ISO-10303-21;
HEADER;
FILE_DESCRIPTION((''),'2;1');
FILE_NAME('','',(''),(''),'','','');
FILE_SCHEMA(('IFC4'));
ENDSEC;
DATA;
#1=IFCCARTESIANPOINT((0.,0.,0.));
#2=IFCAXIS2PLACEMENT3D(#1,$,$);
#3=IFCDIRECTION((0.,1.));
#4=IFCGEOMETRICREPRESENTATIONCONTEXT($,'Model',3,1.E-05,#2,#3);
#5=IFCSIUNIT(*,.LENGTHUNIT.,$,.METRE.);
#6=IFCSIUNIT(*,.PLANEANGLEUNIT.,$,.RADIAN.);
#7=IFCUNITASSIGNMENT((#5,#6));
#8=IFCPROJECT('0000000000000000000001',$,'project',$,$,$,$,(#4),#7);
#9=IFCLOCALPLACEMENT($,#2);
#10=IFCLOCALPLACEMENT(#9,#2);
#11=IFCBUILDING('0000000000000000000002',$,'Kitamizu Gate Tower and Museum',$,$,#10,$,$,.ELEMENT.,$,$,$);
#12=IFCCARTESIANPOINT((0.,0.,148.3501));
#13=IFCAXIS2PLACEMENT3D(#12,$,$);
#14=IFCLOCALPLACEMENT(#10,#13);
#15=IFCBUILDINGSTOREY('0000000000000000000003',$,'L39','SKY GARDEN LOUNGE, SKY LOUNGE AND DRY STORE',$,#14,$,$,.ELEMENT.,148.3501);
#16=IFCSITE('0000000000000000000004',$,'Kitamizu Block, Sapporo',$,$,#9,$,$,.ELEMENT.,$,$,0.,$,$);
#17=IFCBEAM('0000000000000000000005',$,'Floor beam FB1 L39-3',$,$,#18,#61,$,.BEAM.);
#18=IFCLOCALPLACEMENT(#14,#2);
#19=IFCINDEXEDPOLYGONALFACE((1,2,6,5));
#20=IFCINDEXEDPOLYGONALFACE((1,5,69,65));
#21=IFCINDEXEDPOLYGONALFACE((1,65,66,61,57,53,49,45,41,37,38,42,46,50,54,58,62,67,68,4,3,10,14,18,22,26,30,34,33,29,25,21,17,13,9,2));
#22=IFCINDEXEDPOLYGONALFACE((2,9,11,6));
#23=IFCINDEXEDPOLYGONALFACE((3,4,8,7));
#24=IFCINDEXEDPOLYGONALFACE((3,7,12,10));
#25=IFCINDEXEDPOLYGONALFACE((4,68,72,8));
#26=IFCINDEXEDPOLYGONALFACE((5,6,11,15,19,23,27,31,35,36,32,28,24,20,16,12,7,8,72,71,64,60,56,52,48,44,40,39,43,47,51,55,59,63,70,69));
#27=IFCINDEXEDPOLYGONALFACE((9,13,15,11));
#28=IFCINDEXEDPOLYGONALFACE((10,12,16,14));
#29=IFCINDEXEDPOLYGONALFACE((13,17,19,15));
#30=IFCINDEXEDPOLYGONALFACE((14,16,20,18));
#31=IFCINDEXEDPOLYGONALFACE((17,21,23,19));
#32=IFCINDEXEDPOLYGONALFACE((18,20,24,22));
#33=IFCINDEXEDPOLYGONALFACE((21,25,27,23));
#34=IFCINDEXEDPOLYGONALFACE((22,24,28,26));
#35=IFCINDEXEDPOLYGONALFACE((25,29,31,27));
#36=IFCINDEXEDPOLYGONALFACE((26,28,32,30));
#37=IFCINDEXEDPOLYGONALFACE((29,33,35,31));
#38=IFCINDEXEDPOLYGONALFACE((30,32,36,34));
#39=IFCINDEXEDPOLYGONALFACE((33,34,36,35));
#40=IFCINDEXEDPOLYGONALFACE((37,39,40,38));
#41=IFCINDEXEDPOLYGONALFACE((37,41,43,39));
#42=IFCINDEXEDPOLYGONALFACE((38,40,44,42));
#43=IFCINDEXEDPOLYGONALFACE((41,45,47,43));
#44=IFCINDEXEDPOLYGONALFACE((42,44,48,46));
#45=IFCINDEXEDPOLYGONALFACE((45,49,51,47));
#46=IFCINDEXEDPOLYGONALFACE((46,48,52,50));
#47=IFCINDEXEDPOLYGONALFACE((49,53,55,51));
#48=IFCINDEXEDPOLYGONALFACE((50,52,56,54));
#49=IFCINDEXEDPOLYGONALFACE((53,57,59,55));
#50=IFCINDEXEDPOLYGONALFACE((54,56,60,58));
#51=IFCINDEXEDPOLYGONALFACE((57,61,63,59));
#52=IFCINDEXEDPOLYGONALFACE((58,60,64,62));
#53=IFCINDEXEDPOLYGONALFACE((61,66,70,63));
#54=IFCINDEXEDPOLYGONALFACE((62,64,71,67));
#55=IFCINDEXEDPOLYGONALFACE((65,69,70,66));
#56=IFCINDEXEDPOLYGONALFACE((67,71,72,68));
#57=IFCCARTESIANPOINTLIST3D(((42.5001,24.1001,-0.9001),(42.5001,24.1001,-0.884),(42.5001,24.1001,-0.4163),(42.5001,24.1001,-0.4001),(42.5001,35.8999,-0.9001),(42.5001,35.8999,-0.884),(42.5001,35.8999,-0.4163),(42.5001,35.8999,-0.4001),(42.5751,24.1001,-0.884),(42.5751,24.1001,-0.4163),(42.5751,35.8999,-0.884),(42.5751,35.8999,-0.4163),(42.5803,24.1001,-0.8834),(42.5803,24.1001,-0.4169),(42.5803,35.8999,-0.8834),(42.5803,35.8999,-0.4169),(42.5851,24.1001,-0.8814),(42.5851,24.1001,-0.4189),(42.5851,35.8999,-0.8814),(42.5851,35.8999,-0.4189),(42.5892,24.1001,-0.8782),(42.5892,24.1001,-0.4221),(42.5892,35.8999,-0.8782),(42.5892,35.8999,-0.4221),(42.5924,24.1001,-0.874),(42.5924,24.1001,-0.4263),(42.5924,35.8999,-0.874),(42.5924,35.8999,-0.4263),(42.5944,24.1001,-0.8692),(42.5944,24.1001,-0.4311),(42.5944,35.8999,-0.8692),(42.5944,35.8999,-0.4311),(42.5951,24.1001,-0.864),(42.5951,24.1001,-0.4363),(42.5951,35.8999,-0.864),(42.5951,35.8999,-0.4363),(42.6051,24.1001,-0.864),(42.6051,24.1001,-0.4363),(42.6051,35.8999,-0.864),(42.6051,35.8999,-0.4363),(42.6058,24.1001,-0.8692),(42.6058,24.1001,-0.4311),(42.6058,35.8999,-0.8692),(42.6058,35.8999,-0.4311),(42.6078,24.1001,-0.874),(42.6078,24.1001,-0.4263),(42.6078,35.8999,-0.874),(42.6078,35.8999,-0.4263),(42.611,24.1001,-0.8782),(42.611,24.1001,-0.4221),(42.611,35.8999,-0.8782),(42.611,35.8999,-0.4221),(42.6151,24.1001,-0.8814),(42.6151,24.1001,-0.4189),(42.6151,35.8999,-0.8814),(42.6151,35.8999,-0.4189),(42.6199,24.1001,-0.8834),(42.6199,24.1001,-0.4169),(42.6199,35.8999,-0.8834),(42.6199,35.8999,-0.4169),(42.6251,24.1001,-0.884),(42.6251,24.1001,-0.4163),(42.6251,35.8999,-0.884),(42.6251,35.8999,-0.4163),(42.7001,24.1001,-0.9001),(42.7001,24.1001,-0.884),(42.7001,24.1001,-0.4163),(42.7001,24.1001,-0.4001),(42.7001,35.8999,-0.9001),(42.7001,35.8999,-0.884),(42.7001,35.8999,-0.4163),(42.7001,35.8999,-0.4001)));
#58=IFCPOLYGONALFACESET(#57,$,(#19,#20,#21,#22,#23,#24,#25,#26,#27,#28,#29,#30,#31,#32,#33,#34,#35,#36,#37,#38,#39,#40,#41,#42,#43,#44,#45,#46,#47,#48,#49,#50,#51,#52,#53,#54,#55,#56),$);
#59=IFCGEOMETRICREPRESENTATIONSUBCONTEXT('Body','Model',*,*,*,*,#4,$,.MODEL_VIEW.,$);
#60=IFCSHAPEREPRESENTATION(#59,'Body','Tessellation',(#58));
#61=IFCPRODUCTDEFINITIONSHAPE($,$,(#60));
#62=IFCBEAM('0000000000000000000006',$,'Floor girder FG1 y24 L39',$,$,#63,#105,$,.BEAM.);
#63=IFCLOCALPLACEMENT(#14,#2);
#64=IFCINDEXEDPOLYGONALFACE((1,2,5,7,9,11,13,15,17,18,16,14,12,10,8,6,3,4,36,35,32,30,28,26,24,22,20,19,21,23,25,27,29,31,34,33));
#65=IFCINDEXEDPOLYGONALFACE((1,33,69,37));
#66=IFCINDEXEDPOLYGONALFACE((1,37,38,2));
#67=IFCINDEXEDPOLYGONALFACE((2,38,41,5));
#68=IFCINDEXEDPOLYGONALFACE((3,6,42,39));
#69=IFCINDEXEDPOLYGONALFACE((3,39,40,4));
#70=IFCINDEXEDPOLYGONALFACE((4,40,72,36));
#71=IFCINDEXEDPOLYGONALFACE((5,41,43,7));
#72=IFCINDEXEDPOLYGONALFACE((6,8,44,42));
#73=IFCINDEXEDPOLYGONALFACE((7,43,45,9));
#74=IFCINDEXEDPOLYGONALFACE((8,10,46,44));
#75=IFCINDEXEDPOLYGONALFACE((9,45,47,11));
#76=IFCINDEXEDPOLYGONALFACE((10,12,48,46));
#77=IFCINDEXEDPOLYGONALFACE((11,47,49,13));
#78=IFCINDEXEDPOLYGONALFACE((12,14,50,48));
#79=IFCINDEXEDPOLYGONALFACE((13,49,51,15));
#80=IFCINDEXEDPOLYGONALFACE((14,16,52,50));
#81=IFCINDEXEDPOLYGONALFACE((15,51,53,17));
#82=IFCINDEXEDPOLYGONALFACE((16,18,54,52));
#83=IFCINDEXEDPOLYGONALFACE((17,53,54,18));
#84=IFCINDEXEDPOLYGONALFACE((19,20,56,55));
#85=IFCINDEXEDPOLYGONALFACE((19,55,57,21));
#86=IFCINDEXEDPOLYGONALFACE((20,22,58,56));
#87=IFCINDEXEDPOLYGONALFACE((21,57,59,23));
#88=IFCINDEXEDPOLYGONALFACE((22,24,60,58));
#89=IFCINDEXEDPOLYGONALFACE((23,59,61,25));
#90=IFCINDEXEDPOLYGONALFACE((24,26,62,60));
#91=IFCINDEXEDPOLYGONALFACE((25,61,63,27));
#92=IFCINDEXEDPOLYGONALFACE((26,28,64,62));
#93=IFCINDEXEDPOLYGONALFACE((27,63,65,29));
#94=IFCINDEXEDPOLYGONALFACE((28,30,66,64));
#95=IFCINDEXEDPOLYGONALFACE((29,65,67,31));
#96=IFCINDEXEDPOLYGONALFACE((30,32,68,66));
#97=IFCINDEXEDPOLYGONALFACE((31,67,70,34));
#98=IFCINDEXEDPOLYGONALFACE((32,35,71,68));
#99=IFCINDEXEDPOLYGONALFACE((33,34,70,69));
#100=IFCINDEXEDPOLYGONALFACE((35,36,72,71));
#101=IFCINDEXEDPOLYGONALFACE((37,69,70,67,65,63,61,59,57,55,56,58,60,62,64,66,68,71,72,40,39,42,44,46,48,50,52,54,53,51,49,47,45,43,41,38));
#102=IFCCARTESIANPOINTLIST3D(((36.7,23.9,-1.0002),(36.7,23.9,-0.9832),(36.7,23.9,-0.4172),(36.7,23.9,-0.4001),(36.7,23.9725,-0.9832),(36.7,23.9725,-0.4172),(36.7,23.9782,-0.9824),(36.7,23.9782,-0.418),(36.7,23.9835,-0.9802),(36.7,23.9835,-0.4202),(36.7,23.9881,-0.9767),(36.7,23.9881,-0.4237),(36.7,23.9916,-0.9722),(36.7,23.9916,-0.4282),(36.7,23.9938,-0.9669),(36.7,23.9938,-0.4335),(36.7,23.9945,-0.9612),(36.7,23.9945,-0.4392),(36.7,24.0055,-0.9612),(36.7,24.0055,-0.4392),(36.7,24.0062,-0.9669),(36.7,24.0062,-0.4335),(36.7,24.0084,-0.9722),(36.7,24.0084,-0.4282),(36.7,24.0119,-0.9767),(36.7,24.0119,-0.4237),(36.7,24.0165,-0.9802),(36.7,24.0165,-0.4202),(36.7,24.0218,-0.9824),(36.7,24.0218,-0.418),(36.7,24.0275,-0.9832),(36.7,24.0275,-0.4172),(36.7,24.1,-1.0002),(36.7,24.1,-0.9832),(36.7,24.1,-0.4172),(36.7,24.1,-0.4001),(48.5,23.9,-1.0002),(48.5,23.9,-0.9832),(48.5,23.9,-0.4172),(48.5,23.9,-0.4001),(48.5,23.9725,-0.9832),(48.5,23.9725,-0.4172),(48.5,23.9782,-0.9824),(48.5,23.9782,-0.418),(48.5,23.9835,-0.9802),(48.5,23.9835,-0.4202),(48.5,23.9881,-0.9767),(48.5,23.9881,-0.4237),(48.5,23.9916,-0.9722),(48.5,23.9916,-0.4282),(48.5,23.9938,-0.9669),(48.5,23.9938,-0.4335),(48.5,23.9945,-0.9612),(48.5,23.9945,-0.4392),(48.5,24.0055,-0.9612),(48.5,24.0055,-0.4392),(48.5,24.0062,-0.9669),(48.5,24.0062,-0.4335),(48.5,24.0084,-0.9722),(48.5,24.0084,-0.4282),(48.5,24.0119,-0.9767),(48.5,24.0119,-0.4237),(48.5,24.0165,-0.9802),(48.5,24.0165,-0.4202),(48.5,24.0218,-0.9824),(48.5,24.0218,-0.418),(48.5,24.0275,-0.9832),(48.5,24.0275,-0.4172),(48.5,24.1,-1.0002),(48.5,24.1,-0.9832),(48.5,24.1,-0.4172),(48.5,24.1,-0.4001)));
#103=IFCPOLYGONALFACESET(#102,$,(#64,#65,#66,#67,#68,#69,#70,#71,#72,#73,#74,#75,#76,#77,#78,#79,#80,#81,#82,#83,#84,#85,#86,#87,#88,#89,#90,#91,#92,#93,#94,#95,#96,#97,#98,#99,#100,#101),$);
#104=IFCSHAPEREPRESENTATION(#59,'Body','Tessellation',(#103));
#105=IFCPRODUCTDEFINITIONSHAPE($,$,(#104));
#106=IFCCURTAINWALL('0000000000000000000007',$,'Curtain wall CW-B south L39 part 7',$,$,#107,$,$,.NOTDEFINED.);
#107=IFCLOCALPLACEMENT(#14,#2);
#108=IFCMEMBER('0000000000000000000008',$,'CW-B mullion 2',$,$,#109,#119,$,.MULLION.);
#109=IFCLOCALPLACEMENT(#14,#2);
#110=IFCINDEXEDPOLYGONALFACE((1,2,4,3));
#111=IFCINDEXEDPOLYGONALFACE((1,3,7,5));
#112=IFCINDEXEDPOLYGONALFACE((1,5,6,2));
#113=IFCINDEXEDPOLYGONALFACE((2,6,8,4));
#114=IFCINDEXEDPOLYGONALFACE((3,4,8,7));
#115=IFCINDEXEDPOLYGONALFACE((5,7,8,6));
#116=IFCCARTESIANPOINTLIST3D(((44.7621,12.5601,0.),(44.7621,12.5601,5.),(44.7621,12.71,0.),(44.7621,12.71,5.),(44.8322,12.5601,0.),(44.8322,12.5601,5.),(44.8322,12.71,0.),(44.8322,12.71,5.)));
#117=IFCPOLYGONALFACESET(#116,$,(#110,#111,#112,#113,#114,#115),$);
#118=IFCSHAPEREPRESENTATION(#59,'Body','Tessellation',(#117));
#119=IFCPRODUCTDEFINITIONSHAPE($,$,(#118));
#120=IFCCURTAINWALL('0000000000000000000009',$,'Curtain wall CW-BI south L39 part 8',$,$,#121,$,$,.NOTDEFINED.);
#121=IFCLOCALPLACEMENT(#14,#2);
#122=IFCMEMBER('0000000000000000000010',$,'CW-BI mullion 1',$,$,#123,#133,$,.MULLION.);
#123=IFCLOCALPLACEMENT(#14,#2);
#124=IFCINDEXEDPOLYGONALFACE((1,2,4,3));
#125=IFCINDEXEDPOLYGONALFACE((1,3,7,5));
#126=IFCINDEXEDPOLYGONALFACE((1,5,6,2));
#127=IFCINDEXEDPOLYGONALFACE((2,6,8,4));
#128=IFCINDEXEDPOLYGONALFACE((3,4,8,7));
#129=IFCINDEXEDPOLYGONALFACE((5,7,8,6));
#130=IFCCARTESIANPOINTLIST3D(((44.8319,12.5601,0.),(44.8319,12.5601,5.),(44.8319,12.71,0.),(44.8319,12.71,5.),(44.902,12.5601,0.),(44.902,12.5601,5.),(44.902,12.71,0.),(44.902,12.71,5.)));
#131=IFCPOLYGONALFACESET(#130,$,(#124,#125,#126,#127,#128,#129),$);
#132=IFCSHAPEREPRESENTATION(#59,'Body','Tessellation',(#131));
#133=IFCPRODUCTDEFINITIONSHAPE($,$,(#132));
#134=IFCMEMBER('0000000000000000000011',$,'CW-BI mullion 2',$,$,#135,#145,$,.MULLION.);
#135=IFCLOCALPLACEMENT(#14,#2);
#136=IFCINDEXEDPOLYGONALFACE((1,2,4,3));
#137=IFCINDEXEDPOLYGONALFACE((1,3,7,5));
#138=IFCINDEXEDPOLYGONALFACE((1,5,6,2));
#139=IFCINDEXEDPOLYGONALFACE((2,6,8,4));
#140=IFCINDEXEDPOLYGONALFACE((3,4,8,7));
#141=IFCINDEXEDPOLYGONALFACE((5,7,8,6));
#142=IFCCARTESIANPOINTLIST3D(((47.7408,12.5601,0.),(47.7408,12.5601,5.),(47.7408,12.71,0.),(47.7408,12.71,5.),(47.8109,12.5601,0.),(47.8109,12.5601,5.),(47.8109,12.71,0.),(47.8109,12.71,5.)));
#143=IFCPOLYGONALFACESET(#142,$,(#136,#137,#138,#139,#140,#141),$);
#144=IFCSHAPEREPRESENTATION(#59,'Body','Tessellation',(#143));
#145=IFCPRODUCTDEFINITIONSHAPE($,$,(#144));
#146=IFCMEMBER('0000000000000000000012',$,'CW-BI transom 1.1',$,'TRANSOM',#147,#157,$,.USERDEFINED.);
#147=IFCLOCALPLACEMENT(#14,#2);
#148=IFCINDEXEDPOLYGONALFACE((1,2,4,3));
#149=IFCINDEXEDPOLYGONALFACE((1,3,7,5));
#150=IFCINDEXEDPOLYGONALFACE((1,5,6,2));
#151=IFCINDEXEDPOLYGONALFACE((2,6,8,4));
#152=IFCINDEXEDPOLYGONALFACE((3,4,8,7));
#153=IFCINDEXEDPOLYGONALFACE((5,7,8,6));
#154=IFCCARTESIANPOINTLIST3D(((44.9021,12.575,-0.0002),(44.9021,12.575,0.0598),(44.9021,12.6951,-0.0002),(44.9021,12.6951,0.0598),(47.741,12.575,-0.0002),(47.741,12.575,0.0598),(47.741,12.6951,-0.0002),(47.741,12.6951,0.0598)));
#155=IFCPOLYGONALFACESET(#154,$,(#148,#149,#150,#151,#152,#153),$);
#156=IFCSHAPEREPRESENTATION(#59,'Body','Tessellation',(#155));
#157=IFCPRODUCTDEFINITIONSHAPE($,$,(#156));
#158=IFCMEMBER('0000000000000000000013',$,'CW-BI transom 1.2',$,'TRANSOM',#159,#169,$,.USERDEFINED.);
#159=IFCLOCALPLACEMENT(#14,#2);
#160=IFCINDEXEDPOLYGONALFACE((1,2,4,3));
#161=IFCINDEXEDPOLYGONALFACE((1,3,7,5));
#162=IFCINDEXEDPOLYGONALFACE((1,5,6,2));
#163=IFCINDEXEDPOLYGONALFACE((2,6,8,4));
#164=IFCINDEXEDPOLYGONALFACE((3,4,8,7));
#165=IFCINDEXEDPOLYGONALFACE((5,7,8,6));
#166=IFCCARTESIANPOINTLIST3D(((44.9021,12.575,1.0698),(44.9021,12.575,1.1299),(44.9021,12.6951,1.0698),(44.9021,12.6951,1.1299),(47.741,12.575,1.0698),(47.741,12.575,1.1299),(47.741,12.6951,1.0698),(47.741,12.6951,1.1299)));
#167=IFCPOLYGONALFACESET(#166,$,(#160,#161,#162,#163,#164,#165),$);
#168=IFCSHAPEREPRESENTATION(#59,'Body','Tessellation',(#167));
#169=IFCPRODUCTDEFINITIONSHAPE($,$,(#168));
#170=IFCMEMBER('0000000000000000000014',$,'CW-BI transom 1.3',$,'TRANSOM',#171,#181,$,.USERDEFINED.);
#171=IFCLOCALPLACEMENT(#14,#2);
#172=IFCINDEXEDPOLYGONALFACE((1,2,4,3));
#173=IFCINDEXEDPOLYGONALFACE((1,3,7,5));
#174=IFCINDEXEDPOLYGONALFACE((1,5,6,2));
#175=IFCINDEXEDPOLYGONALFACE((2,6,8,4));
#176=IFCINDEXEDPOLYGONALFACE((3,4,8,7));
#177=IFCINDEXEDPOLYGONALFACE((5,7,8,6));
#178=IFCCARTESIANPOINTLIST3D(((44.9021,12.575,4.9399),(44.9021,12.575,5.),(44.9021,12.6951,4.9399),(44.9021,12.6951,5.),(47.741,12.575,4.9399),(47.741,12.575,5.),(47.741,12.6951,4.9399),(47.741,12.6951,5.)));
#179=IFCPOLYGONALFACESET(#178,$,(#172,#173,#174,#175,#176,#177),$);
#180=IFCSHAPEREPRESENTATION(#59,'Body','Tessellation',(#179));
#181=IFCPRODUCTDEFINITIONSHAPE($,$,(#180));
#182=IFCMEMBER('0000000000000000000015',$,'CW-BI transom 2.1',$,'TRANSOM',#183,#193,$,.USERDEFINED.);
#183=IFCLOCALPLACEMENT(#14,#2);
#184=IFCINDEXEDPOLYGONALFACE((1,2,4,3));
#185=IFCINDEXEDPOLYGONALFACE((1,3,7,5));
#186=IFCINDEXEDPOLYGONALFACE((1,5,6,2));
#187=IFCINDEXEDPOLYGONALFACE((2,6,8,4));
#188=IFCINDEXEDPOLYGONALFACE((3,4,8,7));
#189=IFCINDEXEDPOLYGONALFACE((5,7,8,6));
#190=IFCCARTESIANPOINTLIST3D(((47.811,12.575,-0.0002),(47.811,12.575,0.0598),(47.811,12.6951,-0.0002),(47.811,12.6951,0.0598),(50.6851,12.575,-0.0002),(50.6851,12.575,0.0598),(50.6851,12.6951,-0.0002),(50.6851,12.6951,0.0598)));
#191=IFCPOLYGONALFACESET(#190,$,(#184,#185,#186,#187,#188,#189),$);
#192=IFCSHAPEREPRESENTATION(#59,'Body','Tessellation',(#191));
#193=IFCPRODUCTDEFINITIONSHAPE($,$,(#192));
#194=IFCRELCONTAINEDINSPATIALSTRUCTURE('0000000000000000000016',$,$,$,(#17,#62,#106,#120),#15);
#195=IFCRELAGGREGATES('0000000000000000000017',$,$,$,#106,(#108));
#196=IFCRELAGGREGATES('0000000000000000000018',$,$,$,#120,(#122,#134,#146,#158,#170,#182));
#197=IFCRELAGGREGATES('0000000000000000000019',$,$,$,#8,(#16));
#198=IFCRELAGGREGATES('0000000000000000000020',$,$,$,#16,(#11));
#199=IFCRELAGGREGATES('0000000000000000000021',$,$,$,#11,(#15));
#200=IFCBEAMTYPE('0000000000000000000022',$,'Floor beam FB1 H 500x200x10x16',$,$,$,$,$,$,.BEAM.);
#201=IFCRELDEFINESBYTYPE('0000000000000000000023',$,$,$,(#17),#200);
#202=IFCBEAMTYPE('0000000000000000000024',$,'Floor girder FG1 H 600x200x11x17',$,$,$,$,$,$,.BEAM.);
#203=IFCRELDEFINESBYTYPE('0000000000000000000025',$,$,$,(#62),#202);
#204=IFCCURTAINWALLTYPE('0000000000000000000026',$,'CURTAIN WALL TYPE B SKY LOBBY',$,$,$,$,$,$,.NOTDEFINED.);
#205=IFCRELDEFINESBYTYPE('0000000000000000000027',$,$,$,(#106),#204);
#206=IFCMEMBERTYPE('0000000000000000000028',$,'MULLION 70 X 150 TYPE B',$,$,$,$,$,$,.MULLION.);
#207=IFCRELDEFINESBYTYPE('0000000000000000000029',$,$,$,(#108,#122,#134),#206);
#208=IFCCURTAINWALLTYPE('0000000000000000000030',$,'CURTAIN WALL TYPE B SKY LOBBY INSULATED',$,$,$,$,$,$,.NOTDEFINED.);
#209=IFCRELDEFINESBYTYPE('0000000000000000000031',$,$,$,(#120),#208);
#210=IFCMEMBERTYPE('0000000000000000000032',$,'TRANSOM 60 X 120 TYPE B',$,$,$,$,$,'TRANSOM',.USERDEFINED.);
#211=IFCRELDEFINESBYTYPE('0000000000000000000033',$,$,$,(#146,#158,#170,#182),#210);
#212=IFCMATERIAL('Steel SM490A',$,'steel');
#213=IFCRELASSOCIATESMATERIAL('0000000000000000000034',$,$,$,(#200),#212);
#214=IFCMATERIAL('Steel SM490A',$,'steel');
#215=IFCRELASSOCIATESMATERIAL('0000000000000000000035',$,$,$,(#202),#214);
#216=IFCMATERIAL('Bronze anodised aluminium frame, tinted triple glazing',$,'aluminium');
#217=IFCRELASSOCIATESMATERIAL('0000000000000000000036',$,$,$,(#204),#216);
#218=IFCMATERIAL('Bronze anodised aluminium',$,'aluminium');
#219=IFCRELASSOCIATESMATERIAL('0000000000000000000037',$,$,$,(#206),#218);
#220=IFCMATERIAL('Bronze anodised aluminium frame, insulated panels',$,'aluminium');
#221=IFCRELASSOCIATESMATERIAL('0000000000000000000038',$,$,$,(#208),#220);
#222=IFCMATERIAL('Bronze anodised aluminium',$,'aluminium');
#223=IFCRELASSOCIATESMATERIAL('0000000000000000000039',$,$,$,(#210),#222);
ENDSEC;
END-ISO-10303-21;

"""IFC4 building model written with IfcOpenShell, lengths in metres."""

from ifc_helpers import new_model, si_unit, direction, frame, origin, origin_2d, place, context, subcontext, project, spatial, rectangle, i_section, extrude, material, material_profile, profile_set, type_object, element, aggregate, save


model = new_model("IFC4")

# Units and contexts
model_context = context("Model", 3, precision=1e-05, world=origin(), true_north=direction((0.0, 1.0)))
body_context = subcontext(model_context, "Body", "Model", "MODEL_VIEW")
ifc_project = project(units=[si_unit("LENGTHUNIT", "METRE"), si_unit("PLANEANGLEUNIT", "RADIAN")], contexts=[model_context])

# Site, building, storey
site_placement = place(None, origin())
site = spatial("IfcSite", under=ifc_project, at=site_placement, Name="Kitamizu Block, Sapporo", CompositionType="ELEMENT", RefElevation=0.0)
building_placement = place(site_placement, origin())
building = spatial("IfcBuilding", under=site, at=building_placement, Name="Kitamizu Gate Tower and Museum", CompositionType="ELEMENT")
storey_placement = place(building_placement, frame((0.0, 0.0, 148.3501)))
storey = spatial("IfcBuildingStorey", under=building, at=storey_placement, Name="L39", Description="SKY GARDEN LOUNGE, SKY LOUNGE AND DRY STORE", CompositionType="ELEMENT", Elevation=148.3501)

# Beams
ifc_material_1 = material(Name="Steel SM490A", Category="steel")
ifc_material_profile_1 = material_profile(ifc_material_1, i_section(OverallWidth=0.2, OverallDepth=0.5, WebThickness=0.01, FlangeThickness=0.0161, FilletRadius=0.02, at=origin_2d()), Name="H-500x200x10x16")
ifc_profile_set_1 = profile_set([ifc_material_profile_1], Name="Steel SM490A")
beam_type_1 = type_object("IfcBeamType", Name="Floor beam FB1 H 500x200x10x16", PredefinedType="BEAM", material=ifc_profile_set_1)
beam_1_placement = place(storey_placement, frame((42.6001, 24.1001, -0.6501), z_axis=(0.0, 1.0, 0.0), x_axis=(-1.0, 0.0, 0.0)))
element("IfcBeam", 1, at=beam_1_placement, inside=storey, type_object=beam_type_1, Name="Floor beam FB1 L39-3", PredefinedType="BEAM", context=body_context, shape_type="SweptSolid", body=[
    extrude(i_section(OverallWidth=0.2, OverallDepth=0.5, WebThickness=0.01, FlangeThickness=0.0161, FilletRadius=0.02, at=origin_2d()), origin(), (0.0, 0.0, 1.0), 11.7998),
])
ifc_material_2 = material(Name="Steel SM490A", Category="steel")
ifc_material_profile_2 = material_profile(ifc_material_2, i_section(OverallWidth=0.2, OverallDepth=0.6001, WebThickness=0.011, FlangeThickness=0.0171, FilletRadius=0.022, at=origin_2d()), Name="H-600x200x11x17")
ifc_profile_set_2 = profile_set([ifc_material_profile_2], Name="Steel SM490A")
beam_type_2 = type_object("IfcBeamType", Name="Floor girder FG1 H 600x200x11x17", PredefinedType="BEAM", material=ifc_profile_set_2)
beam_2_placement = place(storey_placement, frame((36.7, 24.0, -0.7002), z_axis=(1.0, 0.0, 0.0), x_axis=(0.0, 1.0, 0.0)))
element("IfcBeam", 2, at=beam_2_placement, inside=storey, type_object=beam_type_2, Name="Floor girder FG1 y24 L39", PredefinedType="BEAM", context=body_context, shape_type="SweptSolid", body=[
    extrude(i_section(OverallWidth=0.2, OverallDepth=0.6001, WebThickness=0.011, FlangeThickness=0.0171, FilletRadius=0.022, at=origin_2d()), origin(), (0.0, 0.0, 1.0), 11.8),
])

# Curtain wall, member
ifc_material_3 = material(Name="Bronze anodised aluminium frame, tinted triple glazing", Category="aluminium")
curtain_wall_type_1 = type_object("IfcCurtainWallType", Name="CURTAIN WALL TYPE B SKY LOBBY", PredefinedType="NOTDEFINED", material=ifc_material_3)
curtain_wall_1_placement = place(storey_placement, origin())
curtain_wall_1 = element("IfcCurtainWall", 3, at=curtain_wall_1_placement, inside=storey, type_object=curtain_wall_type_1, Name="Curtain wall CW-B south L39 part 7", PredefinedType="NOTDEFINED")
ifc_material_4 = material(Name="Bronze anodised aluminium", Category="aluminium")
ifc_material_profile_3 = material_profile(ifc_material_4, rectangle(XDim=0.0701, YDim=0.1499, at=origin_2d()), Name="AL 70X150")
ifc_profile_set_3 = profile_set([ifc_material_profile_3], Name="Bronze anodised aluminium")
member_type_1 = type_object("IfcMemberType", Name="MULLION 70 X 150 TYPE B", PredefinedType="MULLION", material=ifc_profile_set_3)
member_1_placement = place(storey_placement, frame((44.7971, 12.635, 0.0), z_axis=(0.0, 0.0, 1.0), x_axis=(1.0, 0.0, 0.0)))
member_1 = element("IfcMember", 4, at=member_1_placement, type_object=member_type_1, Name="CW-B mullion 2", PredefinedType="MULLION", context=body_context, shape_type="SweptSolid", body=[
    extrude(rectangle(XDim=0.0701, YDim=0.1499, at=origin_2d()), origin(), (0.0, 0.0, 1.0), 5.0),
])
aggregate(curtain_wall_1, [member_1])

# Curtain wall, members
ifc_material_5 = material(Name="Bronze anodised aluminium frame, insulated panels", Category="aluminium")
curtain_wall_type_2 = type_object("IfcCurtainWallType", Name="CURTAIN WALL TYPE B SKY LOBBY INSULATED", PredefinedType="NOTDEFINED", material=ifc_material_5)
curtain_wall_2_placement = place(storey_placement, origin())
curtain_wall_2 = element("IfcCurtainWall", 5, at=curtain_wall_2_placement, inside=storey, type_object=curtain_wall_type_2, Name="Curtain wall CW-BI south L39 part 8", PredefinedType="NOTDEFINED")
member_2_placement = place(storey_placement, frame((44.8669, 12.635, 0.0), z_axis=(0.0, 0.0, 1.0), x_axis=(1.0, 0.0, 0.0)))
member_2 = element("IfcMember", 6, at=member_2_placement, type_object=member_type_1, Name="CW-BI mullion 1", PredefinedType="MULLION", context=body_context, shape_type="SweptSolid", body=[
    extrude(rectangle(XDim=0.0701, YDim=0.1499, at=origin_2d()), origin(), (0.0, 0.0, 1.0), 5.0),
])
member_3_placement = place(storey_placement, frame((47.7759, 12.635, 0.0), z_axis=(0.0, 0.0, 1.0), x_axis=(1.0, 0.0, 0.0)))
member_3 = element("IfcMember", 7, at=member_3_placement, type_object=member_type_1, Name="CW-BI mullion 2", PredefinedType="MULLION", context=body_context, shape_type="SweptSolid", body=[
    extrude(rectangle(XDim=0.0701, YDim=0.1499, at=origin_2d()), origin(), (0.0, 0.0, 1.0), 5.0),
])
ifc_material_6 = material(Name="Bronze anodised aluminium", Category="aluminium")
ifc_material_profile_4 = material_profile(ifc_material_6, rectangle(XDim=0.1201, YDim=0.0601, at=origin_2d()), Name="AL 60X120")
ifc_profile_set_4 = profile_set([ifc_material_profile_4], Name="Bronze anodised aluminium")
member_type_2 = type_object("IfcMemberType", Name="TRANSOM 60 X 120 TYPE B", ElementType="TRANSOM", PredefinedType="USERDEFINED", material=ifc_profile_set_4)
member_4_placement = place(storey_placement, frame((44.9021, 12.635, 0.0298), z_axis=(1.0, 0.0, 0.0), x_axis=(0.0, 1.0, 0.0)))
member_4 = element("IfcMember", 8, at=member_4_placement, type_object=member_type_2, Name="CW-BI transom 1.1", ObjectType="TRANSOM", PredefinedType="USERDEFINED", context=body_context, shape_type="SweptSolid", body=[
    extrude(rectangle(XDim=0.1201, YDim=0.0601, at=origin_2d()), origin(), (0.0, 0.0, 1.0), 2.8389),
])
member_5_placement = place(storey_placement, frame((44.9021, 12.635, 1.0999), z_axis=(1.0, 0.0, 0.0), x_axis=(0.0, 1.0, 0.0)))
member_5 = element("IfcMember", 9, at=member_5_placement, type_object=member_type_2, Name="CW-BI transom 1.2", ObjectType="TRANSOM", PredefinedType="USERDEFINED", context=body_context, shape_type="SweptSolid", body=[
    extrude(rectangle(XDim=0.1201, YDim=0.0601, at=origin_2d()), origin(), (0.0, 0.0, 1.0), 2.8389),
])
member_6_placement = place(storey_placement, frame((44.9021, 12.635, 4.97), z_axis=(1.0, 0.0, 0.0), x_axis=(0.0, 1.0, 0.0)))
member_6 = element("IfcMember", 10, at=member_6_placement, type_object=member_type_2, Name="CW-BI transom 1.3", ObjectType="TRANSOM", PredefinedType="USERDEFINED", context=body_context, shape_type="SweptSolid", body=[
    extrude(rectangle(XDim=0.1201, YDim=0.0601, at=origin_2d()), origin(), (0.0, 0.0, 1.0), 2.8389),
])
member_7_placement = place(storey_placement, frame((47.811, 12.635, 0.0298), z_axis=(1.0, 0.0, 0.0), x_axis=(0.0, 1.0, 0.0)))
member_7 = element("IfcMember", 11, at=member_7_placement, type_object=member_type_2, Name="CW-BI transom 2.1", ObjectType="TRANSOM", PredefinedType="USERDEFINED", context=body_context, shape_type="SweptSolid", body=[
    extrude(rectangle(XDim=0.1201, YDim=0.0601, at=origin_2d()), origin(), (0.0, 0.0, 1.0), 2.874),
])
aggregate(curtain_wall_2, [member_2, member_3, member_4, member_5, member_6, member_7])

save(model, "model.ifc")
